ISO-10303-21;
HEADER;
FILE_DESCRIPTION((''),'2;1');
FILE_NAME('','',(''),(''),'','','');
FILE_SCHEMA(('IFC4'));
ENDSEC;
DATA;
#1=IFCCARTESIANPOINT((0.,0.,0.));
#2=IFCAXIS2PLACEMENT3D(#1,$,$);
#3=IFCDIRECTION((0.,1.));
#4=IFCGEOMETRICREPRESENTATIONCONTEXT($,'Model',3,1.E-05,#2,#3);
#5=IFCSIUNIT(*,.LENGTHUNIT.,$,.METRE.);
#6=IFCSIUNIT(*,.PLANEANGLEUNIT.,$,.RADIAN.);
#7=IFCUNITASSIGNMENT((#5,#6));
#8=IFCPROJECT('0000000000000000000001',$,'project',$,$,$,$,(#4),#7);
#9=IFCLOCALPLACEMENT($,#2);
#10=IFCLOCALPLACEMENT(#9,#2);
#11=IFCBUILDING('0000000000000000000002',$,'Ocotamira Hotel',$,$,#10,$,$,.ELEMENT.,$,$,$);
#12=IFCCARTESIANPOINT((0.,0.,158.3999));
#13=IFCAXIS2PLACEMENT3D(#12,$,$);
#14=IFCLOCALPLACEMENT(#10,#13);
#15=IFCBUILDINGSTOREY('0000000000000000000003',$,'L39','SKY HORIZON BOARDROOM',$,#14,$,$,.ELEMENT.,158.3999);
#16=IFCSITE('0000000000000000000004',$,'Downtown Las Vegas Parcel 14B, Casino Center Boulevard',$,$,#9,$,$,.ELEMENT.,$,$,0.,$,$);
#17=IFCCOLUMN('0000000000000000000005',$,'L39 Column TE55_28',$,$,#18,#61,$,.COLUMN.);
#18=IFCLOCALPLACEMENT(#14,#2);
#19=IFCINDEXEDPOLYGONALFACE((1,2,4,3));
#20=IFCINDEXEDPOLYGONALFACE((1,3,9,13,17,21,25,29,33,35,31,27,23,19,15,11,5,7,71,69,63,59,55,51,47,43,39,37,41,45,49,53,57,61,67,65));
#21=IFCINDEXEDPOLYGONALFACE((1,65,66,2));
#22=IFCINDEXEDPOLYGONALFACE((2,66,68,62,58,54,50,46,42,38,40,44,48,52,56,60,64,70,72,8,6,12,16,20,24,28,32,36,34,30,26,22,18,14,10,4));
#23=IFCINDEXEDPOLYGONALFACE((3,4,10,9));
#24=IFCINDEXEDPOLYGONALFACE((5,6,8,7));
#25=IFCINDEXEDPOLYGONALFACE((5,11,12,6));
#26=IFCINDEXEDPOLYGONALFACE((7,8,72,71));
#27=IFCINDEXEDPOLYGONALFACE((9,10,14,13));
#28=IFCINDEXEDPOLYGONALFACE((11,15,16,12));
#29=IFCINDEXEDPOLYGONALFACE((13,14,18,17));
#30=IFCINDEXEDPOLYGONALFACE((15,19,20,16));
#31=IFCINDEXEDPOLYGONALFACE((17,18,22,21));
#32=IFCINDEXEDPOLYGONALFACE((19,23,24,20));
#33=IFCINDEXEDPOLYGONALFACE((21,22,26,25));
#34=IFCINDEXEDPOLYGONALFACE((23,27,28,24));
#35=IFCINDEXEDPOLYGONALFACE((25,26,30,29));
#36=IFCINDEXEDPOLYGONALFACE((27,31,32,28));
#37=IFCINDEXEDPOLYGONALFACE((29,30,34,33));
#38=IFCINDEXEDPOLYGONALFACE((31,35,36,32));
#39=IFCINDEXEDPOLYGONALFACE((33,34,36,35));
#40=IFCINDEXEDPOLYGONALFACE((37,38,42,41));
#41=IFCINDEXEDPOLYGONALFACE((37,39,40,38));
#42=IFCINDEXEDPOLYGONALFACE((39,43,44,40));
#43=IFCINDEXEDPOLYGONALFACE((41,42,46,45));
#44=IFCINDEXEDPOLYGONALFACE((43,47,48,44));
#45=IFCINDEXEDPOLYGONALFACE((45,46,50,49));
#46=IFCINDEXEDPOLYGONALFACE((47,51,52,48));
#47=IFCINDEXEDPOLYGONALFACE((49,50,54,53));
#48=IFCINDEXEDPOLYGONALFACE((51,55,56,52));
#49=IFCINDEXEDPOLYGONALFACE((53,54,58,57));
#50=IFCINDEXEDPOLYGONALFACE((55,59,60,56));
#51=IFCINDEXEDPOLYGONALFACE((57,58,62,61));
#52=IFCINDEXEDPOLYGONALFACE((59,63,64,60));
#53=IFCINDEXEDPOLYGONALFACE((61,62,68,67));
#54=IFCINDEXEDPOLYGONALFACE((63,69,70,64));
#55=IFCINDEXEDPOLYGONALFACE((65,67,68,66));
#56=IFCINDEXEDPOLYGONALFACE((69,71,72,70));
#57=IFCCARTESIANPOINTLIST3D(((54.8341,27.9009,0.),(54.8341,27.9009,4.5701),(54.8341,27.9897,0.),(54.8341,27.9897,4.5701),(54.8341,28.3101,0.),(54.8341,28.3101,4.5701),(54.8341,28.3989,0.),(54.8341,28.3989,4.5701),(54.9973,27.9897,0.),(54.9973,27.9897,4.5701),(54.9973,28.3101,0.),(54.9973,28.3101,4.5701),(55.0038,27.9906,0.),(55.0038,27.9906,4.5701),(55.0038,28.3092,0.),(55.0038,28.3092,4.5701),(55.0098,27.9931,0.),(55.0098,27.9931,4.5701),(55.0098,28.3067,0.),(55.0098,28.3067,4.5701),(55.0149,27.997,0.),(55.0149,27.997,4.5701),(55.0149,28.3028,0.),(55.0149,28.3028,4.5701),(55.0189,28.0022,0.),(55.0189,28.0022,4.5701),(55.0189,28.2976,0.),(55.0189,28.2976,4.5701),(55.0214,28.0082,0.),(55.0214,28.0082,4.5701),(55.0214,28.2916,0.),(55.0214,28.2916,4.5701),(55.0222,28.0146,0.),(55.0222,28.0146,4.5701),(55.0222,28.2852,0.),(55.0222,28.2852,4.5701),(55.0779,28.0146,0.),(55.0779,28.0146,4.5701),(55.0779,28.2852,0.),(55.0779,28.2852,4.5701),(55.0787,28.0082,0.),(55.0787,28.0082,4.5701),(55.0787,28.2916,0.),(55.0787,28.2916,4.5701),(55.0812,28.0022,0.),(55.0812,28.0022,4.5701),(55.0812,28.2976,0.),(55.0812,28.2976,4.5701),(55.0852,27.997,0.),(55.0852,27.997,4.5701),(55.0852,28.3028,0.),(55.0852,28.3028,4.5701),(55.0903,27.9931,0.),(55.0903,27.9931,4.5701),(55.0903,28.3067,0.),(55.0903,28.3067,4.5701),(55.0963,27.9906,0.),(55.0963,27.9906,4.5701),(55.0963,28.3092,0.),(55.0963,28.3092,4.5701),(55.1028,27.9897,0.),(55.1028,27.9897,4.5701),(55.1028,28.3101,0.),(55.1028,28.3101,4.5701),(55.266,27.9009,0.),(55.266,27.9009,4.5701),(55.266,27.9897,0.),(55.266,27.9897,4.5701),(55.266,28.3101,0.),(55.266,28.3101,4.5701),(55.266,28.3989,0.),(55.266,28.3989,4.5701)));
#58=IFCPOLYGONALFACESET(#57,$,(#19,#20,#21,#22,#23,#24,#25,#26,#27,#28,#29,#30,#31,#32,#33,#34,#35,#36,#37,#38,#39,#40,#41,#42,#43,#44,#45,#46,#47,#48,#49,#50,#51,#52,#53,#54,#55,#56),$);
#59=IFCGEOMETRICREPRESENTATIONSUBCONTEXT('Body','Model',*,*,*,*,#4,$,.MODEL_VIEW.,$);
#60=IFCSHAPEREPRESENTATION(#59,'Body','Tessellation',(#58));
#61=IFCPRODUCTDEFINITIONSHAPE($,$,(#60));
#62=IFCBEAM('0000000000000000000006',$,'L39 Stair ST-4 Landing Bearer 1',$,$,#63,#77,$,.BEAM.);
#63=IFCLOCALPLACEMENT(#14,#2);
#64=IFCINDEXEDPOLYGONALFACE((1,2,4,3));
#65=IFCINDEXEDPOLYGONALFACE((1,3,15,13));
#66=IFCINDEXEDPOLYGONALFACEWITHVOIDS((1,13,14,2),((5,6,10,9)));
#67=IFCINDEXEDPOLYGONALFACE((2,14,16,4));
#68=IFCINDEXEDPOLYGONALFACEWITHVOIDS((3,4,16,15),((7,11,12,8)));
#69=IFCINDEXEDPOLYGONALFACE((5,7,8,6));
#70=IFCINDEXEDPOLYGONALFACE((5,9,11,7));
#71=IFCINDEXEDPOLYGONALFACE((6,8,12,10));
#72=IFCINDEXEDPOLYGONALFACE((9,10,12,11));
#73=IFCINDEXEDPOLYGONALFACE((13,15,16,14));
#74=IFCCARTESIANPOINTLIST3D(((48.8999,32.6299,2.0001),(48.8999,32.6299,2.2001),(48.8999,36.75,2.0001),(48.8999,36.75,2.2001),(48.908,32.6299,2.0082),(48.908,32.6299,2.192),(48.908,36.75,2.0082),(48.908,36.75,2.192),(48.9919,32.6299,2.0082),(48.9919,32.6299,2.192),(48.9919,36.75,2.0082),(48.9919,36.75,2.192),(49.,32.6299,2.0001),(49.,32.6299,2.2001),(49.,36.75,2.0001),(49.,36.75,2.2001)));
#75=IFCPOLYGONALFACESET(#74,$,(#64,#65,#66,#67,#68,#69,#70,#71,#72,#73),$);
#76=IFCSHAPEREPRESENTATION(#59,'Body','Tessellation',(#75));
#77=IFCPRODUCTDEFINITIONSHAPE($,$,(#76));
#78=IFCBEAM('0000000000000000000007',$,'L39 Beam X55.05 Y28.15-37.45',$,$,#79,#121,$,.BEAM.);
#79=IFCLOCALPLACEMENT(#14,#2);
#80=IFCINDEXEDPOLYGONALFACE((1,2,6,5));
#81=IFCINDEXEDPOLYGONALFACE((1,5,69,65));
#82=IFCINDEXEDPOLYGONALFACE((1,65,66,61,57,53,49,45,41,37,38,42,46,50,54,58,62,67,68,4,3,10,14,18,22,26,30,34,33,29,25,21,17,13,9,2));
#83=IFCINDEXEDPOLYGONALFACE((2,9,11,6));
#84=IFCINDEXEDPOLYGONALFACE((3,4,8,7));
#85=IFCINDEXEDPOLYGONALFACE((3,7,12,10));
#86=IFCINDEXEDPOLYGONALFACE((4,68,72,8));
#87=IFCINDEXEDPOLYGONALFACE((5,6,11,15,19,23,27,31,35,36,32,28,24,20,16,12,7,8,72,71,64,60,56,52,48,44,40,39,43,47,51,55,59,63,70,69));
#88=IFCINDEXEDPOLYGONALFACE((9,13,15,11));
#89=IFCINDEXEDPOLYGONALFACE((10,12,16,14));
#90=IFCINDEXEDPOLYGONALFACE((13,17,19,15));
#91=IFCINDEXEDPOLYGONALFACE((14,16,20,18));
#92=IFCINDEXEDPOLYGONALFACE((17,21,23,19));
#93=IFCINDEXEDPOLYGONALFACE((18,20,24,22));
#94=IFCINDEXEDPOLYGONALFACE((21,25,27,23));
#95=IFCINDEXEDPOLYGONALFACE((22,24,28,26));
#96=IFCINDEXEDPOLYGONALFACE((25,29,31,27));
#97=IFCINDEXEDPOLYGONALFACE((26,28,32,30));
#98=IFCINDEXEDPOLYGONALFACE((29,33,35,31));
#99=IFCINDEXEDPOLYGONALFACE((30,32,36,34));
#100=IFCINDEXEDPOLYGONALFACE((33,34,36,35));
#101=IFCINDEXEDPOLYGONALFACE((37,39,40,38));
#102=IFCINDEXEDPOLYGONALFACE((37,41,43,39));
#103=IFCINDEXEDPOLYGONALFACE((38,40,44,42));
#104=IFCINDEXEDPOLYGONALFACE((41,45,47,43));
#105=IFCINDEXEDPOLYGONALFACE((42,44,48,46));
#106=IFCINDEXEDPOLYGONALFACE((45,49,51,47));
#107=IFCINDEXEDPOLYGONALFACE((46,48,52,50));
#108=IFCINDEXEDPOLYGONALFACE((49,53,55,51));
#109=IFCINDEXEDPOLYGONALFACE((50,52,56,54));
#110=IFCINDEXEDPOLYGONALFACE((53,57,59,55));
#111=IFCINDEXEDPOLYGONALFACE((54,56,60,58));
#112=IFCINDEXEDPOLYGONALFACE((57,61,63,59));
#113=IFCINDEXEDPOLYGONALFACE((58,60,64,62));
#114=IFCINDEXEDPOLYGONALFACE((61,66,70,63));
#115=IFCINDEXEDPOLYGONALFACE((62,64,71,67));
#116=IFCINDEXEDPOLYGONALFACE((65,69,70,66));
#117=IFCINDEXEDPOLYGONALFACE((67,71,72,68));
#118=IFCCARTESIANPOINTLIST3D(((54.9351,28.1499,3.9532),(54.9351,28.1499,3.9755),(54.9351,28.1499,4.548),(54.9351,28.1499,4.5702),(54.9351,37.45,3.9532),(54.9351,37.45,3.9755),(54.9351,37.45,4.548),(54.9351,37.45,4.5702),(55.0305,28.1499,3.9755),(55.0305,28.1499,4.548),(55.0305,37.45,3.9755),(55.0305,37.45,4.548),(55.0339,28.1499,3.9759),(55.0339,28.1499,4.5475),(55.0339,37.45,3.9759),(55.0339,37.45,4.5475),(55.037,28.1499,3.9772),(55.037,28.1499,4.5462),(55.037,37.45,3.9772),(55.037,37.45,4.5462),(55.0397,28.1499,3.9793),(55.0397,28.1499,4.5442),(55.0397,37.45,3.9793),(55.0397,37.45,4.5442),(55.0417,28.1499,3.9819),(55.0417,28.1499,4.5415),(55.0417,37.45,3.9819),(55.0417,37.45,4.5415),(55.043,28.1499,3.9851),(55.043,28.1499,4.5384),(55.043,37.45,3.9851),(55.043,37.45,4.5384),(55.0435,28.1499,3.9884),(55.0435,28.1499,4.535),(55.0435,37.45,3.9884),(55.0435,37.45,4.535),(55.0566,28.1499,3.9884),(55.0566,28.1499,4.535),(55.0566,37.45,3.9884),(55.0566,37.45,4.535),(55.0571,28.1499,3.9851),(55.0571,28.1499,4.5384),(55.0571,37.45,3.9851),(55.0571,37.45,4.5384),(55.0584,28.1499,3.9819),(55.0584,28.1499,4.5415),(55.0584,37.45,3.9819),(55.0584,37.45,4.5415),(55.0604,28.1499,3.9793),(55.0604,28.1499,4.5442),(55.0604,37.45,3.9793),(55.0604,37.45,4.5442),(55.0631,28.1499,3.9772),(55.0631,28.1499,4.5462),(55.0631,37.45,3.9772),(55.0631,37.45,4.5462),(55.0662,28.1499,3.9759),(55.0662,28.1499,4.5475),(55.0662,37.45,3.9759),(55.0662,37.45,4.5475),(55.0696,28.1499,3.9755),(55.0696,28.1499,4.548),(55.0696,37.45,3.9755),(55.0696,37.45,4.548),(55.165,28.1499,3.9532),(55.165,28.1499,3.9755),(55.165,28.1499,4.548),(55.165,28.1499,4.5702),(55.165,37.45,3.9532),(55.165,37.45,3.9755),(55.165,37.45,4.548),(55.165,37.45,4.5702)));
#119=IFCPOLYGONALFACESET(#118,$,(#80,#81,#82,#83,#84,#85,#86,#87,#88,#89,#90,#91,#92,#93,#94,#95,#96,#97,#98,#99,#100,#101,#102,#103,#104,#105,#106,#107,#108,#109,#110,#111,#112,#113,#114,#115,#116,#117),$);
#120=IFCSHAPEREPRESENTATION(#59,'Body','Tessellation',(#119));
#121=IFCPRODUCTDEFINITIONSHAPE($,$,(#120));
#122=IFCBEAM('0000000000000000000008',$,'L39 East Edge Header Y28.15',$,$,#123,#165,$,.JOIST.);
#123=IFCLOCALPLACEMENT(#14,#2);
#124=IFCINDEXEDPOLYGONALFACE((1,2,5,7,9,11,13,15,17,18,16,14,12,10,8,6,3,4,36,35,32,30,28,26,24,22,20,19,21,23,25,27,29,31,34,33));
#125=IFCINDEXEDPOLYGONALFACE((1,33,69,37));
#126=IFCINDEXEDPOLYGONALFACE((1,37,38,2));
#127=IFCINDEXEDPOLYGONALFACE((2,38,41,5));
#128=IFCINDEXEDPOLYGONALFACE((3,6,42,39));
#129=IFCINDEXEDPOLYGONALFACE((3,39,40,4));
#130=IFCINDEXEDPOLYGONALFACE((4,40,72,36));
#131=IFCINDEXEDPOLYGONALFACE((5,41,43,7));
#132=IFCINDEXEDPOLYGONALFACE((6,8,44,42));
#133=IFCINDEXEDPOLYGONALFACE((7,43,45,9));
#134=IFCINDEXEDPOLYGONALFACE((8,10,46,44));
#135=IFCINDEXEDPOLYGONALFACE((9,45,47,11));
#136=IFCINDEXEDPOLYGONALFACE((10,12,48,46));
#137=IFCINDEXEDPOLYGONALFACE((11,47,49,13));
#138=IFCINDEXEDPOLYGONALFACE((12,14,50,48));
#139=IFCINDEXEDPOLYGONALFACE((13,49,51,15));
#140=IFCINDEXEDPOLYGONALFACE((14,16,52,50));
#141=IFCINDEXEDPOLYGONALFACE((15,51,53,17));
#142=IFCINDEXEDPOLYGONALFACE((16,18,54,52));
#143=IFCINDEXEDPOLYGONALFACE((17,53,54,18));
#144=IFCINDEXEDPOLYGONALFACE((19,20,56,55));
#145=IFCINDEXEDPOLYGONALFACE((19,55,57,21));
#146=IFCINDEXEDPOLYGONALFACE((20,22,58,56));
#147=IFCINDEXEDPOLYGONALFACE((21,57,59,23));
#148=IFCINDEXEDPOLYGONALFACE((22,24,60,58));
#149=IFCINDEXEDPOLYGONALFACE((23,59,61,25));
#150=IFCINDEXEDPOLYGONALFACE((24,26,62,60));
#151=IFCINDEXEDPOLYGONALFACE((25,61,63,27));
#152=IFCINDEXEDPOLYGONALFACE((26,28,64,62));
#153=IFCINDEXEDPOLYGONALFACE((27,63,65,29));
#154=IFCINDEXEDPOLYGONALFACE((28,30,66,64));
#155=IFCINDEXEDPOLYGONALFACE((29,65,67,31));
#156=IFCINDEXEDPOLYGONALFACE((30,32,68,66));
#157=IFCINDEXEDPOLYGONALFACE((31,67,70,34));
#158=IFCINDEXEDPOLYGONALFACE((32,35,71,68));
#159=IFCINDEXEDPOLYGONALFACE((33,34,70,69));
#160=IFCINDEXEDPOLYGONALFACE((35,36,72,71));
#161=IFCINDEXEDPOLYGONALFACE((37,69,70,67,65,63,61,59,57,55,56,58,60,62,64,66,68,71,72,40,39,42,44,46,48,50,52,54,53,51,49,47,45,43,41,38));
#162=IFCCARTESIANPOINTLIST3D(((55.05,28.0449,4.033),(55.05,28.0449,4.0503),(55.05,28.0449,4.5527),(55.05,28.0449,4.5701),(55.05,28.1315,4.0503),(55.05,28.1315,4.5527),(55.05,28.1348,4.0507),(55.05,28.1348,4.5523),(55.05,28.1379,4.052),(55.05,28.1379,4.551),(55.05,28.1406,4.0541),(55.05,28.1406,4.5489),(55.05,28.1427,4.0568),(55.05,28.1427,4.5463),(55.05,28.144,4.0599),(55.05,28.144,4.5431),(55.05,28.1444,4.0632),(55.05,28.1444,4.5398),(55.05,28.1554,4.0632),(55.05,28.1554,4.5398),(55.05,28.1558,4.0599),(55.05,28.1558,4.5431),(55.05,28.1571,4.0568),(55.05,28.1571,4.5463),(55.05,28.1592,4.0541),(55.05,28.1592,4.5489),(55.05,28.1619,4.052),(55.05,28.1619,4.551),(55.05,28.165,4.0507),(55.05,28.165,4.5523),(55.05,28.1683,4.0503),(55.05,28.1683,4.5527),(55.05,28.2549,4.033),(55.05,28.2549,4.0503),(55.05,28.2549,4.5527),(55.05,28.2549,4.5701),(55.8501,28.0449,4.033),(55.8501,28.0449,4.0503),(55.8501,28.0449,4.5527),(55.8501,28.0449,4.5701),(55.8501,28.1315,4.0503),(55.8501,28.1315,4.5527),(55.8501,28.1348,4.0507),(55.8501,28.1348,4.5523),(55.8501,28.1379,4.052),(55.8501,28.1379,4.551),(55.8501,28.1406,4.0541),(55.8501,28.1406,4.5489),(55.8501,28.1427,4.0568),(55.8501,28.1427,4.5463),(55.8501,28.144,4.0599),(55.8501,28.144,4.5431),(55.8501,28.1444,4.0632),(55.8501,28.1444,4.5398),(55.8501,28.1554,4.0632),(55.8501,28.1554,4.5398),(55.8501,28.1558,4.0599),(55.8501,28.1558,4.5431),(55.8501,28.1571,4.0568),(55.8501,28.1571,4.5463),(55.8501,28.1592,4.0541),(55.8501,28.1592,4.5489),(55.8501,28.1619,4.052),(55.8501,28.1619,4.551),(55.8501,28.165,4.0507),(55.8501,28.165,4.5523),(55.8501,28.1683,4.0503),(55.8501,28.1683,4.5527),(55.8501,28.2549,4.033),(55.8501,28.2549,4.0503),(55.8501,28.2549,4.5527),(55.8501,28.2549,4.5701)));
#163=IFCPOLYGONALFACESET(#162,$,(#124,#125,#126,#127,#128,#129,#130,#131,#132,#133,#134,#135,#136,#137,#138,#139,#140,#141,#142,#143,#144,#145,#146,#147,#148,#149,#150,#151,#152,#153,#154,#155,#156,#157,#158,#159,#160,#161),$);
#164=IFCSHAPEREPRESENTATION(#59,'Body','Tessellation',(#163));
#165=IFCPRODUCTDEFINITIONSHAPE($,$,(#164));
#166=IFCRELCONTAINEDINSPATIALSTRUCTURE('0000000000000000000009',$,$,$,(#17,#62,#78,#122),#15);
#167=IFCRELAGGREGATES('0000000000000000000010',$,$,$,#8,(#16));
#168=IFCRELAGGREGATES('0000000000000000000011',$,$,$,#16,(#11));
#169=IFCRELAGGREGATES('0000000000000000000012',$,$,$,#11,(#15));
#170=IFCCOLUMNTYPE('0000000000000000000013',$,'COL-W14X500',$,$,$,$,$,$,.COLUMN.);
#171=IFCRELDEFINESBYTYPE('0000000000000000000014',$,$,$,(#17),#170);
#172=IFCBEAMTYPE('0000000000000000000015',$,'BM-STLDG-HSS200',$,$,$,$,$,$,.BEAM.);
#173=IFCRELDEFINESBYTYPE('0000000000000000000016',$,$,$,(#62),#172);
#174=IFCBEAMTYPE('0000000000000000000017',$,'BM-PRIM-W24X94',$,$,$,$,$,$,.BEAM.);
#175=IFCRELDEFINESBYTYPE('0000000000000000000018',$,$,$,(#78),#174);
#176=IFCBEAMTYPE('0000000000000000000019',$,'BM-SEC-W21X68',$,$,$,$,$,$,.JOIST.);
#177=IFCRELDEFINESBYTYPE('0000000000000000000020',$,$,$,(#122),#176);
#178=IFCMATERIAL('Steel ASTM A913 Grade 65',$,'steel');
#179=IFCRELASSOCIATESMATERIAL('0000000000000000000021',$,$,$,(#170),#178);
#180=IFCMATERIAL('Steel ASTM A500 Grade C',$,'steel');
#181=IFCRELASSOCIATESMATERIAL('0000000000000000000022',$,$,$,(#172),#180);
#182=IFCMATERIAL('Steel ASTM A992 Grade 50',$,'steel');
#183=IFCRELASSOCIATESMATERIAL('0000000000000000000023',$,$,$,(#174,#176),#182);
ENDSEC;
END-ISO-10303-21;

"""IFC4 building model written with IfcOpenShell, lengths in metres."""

from ifc_helpers import new_model, si_unit, direction, frame, origin, origin_2d, place, context, subcontext, project, spatial, hollow_rectangle, i_section, extrude, source, transform, mapped, material, material_profile, profile_set, type_object, element, save


model = new_model("IFC4")

# Units and contexts
model_context = context("Model", 3, precision=1e-05, world=origin(), true_north=direction((0.0, 1.0)))
body_context = subcontext(model_context, "Body", "Model", "MODEL_VIEW")
ifc_project = project(units=[si_unit("LENGTHUNIT", "METRE"), si_unit("PLANEANGLEUNIT", "RADIAN")], contexts=[model_context])

# Site, building, storey
site_placement = place(None, origin())
site = spatial("IfcSite", under=ifc_project, at=site_placement, Name="Downtown Las Vegas Parcel 14B, Casino Center Boulevard", CompositionType="ELEMENT", RefElevation=0.0)
building_placement = place(site_placement, origin())
building = spatial("IfcBuilding", under=site, at=building_placement, Name="Ocotamira Hotel", CompositionType="ELEMENT")
storey_placement = place(building_placement, frame((0.0, 0.0, 158.3999)))
storey = spatial("IfcBuildingStorey", under=building, at=storey_placement, Name="L39", Description="SKY HORIZON BOARDROOM", CompositionType="ELEMENT", Elevation=158.3999)

# Column
ifc_material_1 = material(Name="Steel ASTM A913 Grade 65", Category="steel")
ifc_material_profile_1 = material_profile(ifc_material_1, i_section(OverallWidth=0.4319, OverallDepth=0.498, WebThickness=0.0557, FlangeThickness=0.0889, FilletRadius=0.0249, at=origin_2d()), Name="W14X500")
ifc_profile_set_1 = profile_set([ifc_material_profile_1], Name="Steel ASTM A913 Grade 65")
column_type = type_object("IfcColumnType", Name="COL-W14X500", PredefinedType="COLUMN", material=ifc_profile_set_1)
shared_shape_1 = source(origin(), body_context, "Body", "SweptSolid", [
    extrude(i_section(OverallWidth=0.4319, OverallDepth=0.498, WebThickness=0.0557, FlangeThickness=0.0889, FilletRadius=0.0249, at=origin_2d()), origin(), (0.0, 0.0, 1.0), 4.5701),
])
column_placement = place(storey_placement, frame((55.05, 28.1499, 0.0), z_axis=(0.0, 0.0, 1.0), x_axis=(1.0, 0.0, 0.0)))
element("IfcColumn", 1, at=column_placement, inside=storey, type_object=column_type, Name="L39 Column TE55_28", PredefinedType="COLUMN", context=body_context, shape_type="MappedRepresentation", body=[
    mapped(shared_shape_1, transform((0.0, 0.0, 0.0), scale=1.0)),
])

# Beams
ifc_material_2 = material(Name="Steel ASTM A500 Grade C", Category="steel")
ifc_material_profile_2 = material_profile(ifc_material_2, hollow_rectangle(XDim=0.1001, YDim=0.2, WallThickness=0.0081, at=origin_2d()), Name="HSS200X100X8")
ifc_profile_set_2 = profile_set([ifc_material_profile_2], Name="Steel ASTM A500 Grade C")
beam_type_1 = type_object("IfcBeamType", Name="BM-STLDG-HSS200", PredefinedType="BEAM", material=ifc_profile_set_2)
shared_shape_2 = source(origin(), body_context, "Body", "SweptSolid", [
    extrude(hollow_rectangle(XDim=0.1001, YDim=0.2, WallThickness=0.0081, at=origin_2d()), origin(), (0.0, 0.0, 1.0), 4.1201),
])
beam_1_placement = place(storey_placement, frame((48.95, 32.6299, 2.1001), z_axis=(0.0, 1.0, 0.0), x_axis=(-1.0, 0.0, 0.0)))
element("IfcBeam", 2, at=beam_1_placement, inside=storey, type_object=beam_type_1, Name="L39 Stair ST-4 Landing Bearer 1", PredefinedType="BEAM", context=body_context, shape_type="MappedRepresentation", body=[
    mapped(shared_shape_2, transform((0.0, 0.0, 0.0), scale=1.0)),
])
ifc_material_3 = material(Name="Steel ASTM A992 Grade 50", Category="steel")
ifc_material_profile_3 = material_profile(ifc_material_3, i_section(OverallWidth=0.23, OverallDepth=0.6169, WebThickness=0.0132, FlangeThickness=0.0222, FilletRadius=0.0129, at=origin_2d()), Name="W24X94")
ifc_profile_set_3 = profile_set([ifc_material_profile_3], Name="Steel ASTM A992 Grade 50")
beam_type_2 = type_object("IfcBeamType", Name="BM-PRIM-W24X94", PredefinedType="BEAM", material=ifc_profile_set_3)
shared_shape_3 = source(origin(), body_context, "Body", "SweptSolid", [
    extrude(i_section(OverallWidth=0.23, OverallDepth=0.6169, WebThickness=0.0132, FlangeThickness=0.0222, FilletRadius=0.0129, at=origin_2d()), origin(), (0.0, 0.0, 1.0), 9.3),
])
beam_2_placement = place(storey_placement, frame((55.05, 28.1499, 4.2617), z_axis=(0.0, 1.0, 0.0), x_axis=(-1.0, 0.0, 0.0)))
element("IfcBeam", 3, at=beam_2_placement, inside=storey, type_object=beam_type_2, Name="L39 Beam X55.05 Y28.15-37.45", PredefinedType="BEAM", context=body_context, shape_type="MappedRepresentation", body=[
    mapped(shared_shape_3, transform((0.0, 0.0, 0.0), scale=1.0)),
])
ifc_material_profile_4 = material_profile(ifc_material_3, i_section(OverallWidth=0.21, OverallDepth=0.5371, WebThickness=0.011, FlangeThickness=0.0173, FilletRadius=0.0129, at=origin_2d()), Name="W21X68")
ifc_profile_set_4 = profile_set([ifc_material_profile_4], Name="Steel ASTM A992 Grade 50")
beam_type_3 = type_object("IfcBeamType", Name="BM-SEC-W21X68", PredefinedType="JOIST", material=ifc_profile_set_4)
shared_shape_4 = source(origin(), body_context, "Body", "SweptSolid", [
    extrude(i_section(OverallWidth=0.21, OverallDepth=0.5371, WebThickness=0.011, FlangeThickness=0.0173, FilletRadius=0.0129, at=origin_2d()), origin(), (0.0, 0.0, 1.0), 0.8),
])
beam_3_placement = place(storey_placement, frame((55.05, 28.1499, 4.3015), z_axis=(1.0, 0.0, 0.0), x_axis=(0.0, 1.0, 0.0)))
element("IfcBeam", 4, at=beam_3_placement, inside=storey, type_object=beam_type_3, Name="L39 East Edge Header Y28.15", PredefinedType="JOIST", context=body_context, shape_type="MappedRepresentation", body=[
    mapped(shared_shape_4, transform((0.0, 0.0, 0.0), scale=1.0)),
])

save(model, "model.ifc")
